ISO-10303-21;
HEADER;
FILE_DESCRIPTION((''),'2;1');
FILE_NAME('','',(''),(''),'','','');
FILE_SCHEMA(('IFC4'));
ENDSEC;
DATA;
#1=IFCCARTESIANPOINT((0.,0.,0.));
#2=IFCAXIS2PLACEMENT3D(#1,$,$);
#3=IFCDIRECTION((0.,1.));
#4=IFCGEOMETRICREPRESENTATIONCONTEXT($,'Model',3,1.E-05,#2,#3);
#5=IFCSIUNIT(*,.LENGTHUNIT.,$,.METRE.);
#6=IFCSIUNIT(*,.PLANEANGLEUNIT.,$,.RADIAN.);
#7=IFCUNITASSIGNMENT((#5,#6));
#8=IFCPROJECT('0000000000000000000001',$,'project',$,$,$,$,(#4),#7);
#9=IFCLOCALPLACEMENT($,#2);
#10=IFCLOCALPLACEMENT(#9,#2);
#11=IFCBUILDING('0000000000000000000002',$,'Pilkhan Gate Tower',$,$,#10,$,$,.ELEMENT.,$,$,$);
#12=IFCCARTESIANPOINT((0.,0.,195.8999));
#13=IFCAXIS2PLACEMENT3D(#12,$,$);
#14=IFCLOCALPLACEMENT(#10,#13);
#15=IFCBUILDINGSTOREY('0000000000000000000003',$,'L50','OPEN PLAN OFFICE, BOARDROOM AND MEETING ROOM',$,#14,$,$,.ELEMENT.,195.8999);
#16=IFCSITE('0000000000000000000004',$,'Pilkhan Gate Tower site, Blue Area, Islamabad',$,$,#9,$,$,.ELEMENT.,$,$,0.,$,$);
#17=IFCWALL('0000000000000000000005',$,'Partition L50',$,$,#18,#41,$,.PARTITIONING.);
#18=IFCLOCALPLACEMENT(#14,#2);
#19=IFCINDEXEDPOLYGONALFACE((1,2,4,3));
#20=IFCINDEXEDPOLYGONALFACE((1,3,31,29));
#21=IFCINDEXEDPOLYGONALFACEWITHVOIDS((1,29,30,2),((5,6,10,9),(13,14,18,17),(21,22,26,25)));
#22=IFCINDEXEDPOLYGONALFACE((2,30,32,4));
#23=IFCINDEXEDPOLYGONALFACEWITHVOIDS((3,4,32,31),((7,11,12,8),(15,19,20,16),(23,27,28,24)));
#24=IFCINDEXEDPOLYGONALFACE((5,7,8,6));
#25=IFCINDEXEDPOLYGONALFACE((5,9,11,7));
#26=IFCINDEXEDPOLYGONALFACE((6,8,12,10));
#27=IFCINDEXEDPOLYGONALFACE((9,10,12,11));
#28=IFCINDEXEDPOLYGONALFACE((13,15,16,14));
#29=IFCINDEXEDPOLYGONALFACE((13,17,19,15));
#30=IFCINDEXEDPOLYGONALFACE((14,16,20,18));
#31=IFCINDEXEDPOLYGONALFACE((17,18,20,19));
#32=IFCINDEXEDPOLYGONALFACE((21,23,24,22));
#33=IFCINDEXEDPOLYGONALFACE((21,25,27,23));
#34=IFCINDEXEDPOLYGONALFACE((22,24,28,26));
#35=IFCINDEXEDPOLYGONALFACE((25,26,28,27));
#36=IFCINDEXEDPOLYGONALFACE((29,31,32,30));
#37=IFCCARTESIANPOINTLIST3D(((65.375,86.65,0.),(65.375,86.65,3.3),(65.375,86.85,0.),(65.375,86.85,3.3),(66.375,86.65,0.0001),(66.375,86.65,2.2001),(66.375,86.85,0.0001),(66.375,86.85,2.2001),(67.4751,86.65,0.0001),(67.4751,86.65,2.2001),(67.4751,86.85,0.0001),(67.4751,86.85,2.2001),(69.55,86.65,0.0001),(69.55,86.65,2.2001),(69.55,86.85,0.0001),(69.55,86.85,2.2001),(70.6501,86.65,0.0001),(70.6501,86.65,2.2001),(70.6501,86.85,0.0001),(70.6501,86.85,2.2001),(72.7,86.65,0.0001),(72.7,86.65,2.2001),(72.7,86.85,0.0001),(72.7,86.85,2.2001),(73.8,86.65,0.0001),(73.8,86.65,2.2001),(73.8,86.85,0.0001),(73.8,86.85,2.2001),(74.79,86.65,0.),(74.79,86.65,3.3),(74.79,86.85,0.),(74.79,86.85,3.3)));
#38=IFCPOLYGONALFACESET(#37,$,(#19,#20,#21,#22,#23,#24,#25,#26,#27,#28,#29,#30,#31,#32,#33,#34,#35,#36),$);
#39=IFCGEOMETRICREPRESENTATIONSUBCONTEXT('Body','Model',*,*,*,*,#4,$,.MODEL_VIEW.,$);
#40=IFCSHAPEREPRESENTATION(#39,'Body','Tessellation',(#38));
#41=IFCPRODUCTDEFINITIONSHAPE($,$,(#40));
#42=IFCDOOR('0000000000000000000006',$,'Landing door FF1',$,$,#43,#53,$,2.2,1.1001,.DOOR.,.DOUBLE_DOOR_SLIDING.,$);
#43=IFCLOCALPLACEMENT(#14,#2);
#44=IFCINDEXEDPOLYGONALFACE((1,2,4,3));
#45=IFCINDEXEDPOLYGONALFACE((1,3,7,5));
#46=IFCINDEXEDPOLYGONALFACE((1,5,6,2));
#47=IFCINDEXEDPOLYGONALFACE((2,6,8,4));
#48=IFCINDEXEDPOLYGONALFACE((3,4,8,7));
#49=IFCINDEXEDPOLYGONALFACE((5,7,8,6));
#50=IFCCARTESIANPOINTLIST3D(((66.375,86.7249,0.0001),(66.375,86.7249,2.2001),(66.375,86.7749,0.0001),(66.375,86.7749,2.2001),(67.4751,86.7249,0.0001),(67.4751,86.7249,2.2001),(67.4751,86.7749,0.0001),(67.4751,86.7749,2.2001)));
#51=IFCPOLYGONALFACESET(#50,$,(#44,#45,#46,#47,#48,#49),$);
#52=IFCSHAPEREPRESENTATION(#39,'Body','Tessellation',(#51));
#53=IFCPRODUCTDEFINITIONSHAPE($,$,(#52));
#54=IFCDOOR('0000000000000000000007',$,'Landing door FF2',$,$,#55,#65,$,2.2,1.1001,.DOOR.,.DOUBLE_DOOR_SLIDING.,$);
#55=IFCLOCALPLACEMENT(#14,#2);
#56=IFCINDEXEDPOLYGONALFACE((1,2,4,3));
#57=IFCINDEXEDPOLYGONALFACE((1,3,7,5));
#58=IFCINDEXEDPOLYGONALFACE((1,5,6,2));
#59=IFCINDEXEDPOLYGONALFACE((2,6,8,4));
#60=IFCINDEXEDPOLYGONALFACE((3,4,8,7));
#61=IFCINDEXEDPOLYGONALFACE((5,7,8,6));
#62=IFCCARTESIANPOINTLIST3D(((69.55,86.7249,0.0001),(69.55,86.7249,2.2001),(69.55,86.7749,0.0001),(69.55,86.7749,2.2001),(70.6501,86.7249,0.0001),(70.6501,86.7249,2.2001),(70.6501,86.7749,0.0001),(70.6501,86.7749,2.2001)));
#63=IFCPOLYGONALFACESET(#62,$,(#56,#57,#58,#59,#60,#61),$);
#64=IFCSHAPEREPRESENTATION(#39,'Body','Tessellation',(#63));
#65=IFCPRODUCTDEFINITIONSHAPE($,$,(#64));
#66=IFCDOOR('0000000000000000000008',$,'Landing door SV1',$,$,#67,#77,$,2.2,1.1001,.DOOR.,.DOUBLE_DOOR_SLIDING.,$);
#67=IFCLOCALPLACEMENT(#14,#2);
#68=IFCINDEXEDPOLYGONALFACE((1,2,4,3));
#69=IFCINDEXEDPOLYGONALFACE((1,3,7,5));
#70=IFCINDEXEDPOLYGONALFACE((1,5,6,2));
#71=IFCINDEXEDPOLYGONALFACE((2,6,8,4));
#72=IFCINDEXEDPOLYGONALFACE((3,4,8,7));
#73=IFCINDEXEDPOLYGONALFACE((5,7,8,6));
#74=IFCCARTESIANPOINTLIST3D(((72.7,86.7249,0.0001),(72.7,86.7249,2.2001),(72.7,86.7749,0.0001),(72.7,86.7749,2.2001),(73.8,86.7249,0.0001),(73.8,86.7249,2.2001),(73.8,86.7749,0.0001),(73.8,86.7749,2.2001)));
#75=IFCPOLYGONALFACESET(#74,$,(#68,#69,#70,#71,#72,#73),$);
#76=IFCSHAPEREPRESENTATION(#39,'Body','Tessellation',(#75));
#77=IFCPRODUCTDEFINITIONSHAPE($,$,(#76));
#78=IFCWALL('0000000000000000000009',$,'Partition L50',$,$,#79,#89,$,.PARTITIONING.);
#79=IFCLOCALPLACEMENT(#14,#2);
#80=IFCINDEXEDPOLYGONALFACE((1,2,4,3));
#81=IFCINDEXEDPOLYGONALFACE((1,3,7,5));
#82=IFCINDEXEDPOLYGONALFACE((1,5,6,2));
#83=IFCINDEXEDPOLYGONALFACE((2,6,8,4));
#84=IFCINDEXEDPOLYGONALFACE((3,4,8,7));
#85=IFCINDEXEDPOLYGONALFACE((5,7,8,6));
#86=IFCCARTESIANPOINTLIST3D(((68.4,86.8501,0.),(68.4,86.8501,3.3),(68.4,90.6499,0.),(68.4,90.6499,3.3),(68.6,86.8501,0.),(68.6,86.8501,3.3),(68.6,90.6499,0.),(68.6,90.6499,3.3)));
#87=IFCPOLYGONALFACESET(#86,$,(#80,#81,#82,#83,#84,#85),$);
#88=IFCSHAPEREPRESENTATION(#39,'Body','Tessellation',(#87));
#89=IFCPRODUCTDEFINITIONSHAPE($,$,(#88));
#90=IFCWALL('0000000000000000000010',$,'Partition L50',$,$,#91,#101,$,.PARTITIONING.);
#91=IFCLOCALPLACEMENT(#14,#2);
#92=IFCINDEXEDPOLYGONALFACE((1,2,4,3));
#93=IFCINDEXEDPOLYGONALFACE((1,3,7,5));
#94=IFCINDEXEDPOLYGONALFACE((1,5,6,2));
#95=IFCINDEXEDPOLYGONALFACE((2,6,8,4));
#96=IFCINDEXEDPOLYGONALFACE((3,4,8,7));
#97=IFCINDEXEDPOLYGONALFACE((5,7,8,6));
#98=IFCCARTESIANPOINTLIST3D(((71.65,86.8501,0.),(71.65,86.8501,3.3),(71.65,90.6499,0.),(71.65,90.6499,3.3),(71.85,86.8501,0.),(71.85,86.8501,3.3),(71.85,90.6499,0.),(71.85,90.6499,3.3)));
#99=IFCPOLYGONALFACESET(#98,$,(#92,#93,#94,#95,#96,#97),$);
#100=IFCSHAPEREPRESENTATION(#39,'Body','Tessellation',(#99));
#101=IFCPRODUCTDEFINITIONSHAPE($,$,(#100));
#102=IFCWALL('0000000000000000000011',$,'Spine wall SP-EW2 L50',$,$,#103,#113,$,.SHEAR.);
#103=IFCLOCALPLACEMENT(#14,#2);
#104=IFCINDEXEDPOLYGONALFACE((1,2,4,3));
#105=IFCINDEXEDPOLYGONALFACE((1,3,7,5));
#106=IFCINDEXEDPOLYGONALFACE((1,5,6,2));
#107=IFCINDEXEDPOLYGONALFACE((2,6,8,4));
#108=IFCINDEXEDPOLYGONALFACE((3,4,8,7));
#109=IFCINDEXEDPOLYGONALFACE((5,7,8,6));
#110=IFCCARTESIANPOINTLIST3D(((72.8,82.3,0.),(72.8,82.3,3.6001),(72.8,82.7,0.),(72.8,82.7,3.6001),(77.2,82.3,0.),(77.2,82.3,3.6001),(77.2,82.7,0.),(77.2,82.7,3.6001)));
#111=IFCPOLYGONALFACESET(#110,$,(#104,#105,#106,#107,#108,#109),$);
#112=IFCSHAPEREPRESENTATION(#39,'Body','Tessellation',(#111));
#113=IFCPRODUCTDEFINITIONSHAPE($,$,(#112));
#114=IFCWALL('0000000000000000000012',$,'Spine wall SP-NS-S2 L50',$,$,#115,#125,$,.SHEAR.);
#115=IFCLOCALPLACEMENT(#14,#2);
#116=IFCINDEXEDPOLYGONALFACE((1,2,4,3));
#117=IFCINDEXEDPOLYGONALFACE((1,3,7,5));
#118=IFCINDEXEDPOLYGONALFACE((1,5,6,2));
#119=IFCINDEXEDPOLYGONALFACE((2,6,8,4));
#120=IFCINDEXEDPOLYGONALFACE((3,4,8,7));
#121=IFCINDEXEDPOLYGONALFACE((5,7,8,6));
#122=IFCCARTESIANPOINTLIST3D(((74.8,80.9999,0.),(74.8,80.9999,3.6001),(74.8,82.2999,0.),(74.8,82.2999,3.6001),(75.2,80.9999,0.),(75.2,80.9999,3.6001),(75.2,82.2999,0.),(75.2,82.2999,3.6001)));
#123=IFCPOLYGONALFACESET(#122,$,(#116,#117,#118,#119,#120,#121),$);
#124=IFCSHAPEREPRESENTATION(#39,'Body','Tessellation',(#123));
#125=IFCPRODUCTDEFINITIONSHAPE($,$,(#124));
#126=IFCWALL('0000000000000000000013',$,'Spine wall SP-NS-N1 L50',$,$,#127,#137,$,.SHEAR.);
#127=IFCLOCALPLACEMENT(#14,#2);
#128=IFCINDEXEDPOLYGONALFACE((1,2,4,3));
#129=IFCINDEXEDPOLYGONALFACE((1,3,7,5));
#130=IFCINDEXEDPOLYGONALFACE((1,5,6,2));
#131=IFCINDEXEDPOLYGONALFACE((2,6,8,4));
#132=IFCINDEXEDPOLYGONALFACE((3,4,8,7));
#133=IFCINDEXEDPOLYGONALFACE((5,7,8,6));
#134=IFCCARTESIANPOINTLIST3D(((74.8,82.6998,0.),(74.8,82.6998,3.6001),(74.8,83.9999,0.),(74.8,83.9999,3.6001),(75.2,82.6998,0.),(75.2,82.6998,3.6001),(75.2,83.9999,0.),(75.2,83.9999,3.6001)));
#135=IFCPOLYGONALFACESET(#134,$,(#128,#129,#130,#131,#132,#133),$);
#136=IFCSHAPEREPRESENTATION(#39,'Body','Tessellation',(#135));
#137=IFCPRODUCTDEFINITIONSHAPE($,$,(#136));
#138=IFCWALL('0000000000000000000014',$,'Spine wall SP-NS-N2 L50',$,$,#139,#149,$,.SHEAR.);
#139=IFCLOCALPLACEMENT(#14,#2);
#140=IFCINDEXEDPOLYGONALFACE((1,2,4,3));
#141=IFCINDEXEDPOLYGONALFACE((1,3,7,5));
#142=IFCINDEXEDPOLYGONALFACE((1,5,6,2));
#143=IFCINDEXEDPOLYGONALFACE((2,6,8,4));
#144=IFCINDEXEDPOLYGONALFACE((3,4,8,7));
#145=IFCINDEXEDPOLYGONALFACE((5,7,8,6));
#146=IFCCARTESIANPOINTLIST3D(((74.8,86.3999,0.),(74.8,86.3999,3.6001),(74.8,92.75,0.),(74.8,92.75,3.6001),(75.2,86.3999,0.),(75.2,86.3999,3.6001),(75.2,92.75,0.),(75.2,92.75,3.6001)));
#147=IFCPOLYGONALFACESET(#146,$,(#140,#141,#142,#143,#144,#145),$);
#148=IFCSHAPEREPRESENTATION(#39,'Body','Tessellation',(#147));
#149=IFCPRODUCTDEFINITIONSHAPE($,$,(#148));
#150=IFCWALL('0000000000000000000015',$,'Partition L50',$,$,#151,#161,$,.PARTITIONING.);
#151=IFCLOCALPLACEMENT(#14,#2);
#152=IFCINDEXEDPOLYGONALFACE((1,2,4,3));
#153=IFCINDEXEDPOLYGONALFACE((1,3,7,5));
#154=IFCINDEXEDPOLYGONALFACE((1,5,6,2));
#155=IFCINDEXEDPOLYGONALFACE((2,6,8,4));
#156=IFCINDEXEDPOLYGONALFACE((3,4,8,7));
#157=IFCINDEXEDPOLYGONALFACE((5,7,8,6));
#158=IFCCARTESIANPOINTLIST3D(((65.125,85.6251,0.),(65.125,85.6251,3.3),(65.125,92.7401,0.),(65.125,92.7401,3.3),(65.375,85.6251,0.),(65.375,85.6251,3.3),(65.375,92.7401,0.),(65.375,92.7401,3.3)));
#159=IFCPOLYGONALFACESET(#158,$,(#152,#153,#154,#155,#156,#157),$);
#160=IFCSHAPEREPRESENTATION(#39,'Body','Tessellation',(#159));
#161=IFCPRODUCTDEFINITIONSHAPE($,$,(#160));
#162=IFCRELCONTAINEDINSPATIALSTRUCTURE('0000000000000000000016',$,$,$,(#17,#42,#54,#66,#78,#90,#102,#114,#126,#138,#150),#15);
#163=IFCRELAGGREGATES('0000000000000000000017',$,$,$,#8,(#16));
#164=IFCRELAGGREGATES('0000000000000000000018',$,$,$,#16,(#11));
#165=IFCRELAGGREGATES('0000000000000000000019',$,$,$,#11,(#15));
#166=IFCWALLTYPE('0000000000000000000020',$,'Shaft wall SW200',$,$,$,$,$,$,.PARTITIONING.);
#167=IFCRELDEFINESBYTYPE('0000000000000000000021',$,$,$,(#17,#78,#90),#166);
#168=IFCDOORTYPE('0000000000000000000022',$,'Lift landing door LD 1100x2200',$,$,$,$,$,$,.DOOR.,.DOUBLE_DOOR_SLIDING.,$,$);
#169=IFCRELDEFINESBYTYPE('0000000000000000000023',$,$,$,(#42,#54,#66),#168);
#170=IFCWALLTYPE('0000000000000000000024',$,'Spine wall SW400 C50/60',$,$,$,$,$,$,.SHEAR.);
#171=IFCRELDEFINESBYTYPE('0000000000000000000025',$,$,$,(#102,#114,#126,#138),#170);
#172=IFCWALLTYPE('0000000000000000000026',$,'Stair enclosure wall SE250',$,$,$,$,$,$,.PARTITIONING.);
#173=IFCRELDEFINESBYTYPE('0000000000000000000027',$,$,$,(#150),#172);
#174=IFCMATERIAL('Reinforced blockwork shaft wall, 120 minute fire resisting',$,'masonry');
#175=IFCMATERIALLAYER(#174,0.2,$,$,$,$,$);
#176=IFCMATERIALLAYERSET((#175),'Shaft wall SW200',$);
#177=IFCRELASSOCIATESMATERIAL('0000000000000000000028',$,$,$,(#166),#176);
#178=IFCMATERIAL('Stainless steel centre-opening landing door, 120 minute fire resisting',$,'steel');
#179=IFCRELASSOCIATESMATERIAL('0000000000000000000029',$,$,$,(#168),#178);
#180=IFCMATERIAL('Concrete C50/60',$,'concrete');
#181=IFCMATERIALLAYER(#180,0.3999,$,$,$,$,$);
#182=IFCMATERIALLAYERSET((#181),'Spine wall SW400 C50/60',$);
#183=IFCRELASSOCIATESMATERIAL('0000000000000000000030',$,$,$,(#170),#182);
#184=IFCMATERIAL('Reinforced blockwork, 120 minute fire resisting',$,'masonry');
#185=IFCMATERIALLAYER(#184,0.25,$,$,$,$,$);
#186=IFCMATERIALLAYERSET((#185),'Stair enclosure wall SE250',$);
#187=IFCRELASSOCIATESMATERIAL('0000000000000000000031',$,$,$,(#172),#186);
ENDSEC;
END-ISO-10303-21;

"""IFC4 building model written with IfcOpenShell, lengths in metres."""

from ifc_helpers import new_model, si_unit, direction, frame, frame_2d, origin, place, context, subcontext, project, spatial, rectangle, extrude, material, layer, layer_set, type_object, element, fill, save


model = new_model("IFC4")

# Units and contexts
model_context = context("Model", 3, precision=1e-05, world=origin(), true_north=direction((0.0, 1.0)))
body_context = subcontext(model_context, "Body", "Model", "MODEL_VIEW")
ifc_project = project(units=[si_unit("LENGTHUNIT", "METRE"), si_unit("PLANEANGLEUNIT", "RADIAN")], contexts=[model_context])

# Site, building, storey
site_placement = place(None, origin())
site = spatial("IfcSite", under=ifc_project, at=site_placement, Name="Pilkhan Gate Tower site, Blue Area, Islamabad", CompositionType="ELEMENT", RefElevation=0.0)
building_placement = place(site_placement, origin())
building = spatial("IfcBuilding", under=site, at=building_placement, Name="Pilkhan Gate Tower", CompositionType="ELEMENT")
storey_placement = place(building_placement, frame((0.0, 0.0, 195.8999)))
storey = spatial("IfcBuildingStorey", under=building, at=storey_placement, Name="L50", Description="OPEN PLAN OFFICE, BOARDROOM AND MEETING ROOM", CompositionType="ELEMENT", Elevation=195.8999)

# Shared definitions
ifc_material_1 = material(Name="Concrete C50/60", Category="concrete")

# Wall, openings, doors
ifc_material_2 = material(Name="Reinforced blockwork shaft wall, 120 minute fire resisting", Category="masonry")
ifc_layer_1 = layer(ifc_material_2, 0.2)
ifc_layer_set_1 = layer_set([ifc_layer_1], Name="Shaft wall SW200")
wall_type_1 = type_object("IfcWallType", Name="Shaft wall SW200", PredefinedType="PARTITIONING", material=ifc_layer_set_1)
wall_1_placement = place(storey_placement, frame((65.375, 86.75, 0.0), z_axis=(0.0, 0.0, 1.0), x_axis=(1.0, 0.0, 0.0)))
wall_1 = element("IfcWall", 1, at=wall_1_placement, inside=storey, type_object=wall_type_1, Name="Partition L50", PredefinedType="PARTITIONING", context=body_context, shape_type="SweptSolid", body=[
    extrude(rectangle(XDim=9.415, YDim=0.2, at=frame_2d((4.7075, 0.0))), origin(), (0.0, 0.0, 1.0), 3.3),
])
opening_1_placement = place(wall_1_placement, frame((1.0, 0.0, 0.0)))
opening_1 = element("IfcOpeningElement", 2, at=opening_1_placement, cuts=wall_1, PredefinedType="OPENING", context=body_context, shape_type="SweptSolid", body=[
    extrude(rectangle(XDim=1.1001, YDim=2.2, at=frame_2d((0.55, 1.1001))), frame((0.0, 0.1099, 0.0), z_axis=(0.0, -1.0, 0.0), x_axis=(1.0, 0.0, 0.0)), (0.0, 0.0, 1.0), 0.22),
])
opening_2_placement = place(wall_1_placement, frame((4.175, 0.0, 0.0)))
opening_2 = element("IfcOpeningElement", 3, at=opening_2_placement, cuts=wall_1, PredefinedType="OPENING", context=body_context, shape_type="SweptSolid", body=[
    extrude(rectangle(XDim=1.1001, YDim=2.2, at=frame_2d((0.55, 1.1001))), frame((0.0, 0.1099, 0.0), z_axis=(0.0, -1.0, 0.0), x_axis=(1.0, 0.0, 0.0)), (0.0, 0.0, 1.0), 0.22),
])
opening_3_placement = place(wall_1_placement, frame((7.325, 0.0, 0.0)))
opening_3 = element("IfcOpeningElement", 4, at=opening_3_placement, cuts=wall_1, PredefinedType="OPENING", context=body_context, shape_type="SweptSolid", body=[
    extrude(rectangle(XDim=1.1001, YDim=2.2, at=frame_2d((0.55, 1.1001))), frame((0.0, 0.1099, 0.0), z_axis=(0.0, -1.0, 0.0), x_axis=(1.0, 0.0, 0.0)), (0.0, 0.0, 1.0), 0.22),
])
ifc_material_3 = material(Name="Stainless steel centre-opening landing door, 120 minute fire resisting", Category="steel")
door_type_1 = type_object("IfcDoorType", Name="Lift landing door LD 1100x2200", OperationType="DOUBLE_DOOR_SLIDING", PredefinedType="DOOR", material=ifc_material_3)
door_1_placement = place(opening_1_placement, origin())
door_1 = element("IfcDoor", 5, at=door_1_placement, inside=storey, type_object=door_type_1, Name="Landing door FF1", OperationType="DOUBLE_DOOR_SLIDING", OverallHeight=2.2, OverallWidth=1.1001, PredefinedType="DOOR", context=body_context, shape_type="SweptSolid", body=[
    extrude(rectangle(XDim=1.1001, YDim=2.2, at=frame_2d((0.55, 1.1001))), frame((0.0, 0.0249, 0.0), z_axis=(0.0, -1.0, 0.0), x_axis=(1.0, 0.0, 0.0)), (0.0, 0.0, 1.0), 0.05),
])
fill(opening_1, door_1)
door_2_placement = place(opening_2_placement, origin())
door_2 = element("IfcDoor", 6, at=door_2_placement, inside=storey, type_object=door_type_1, Name="Landing door FF2", OperationType="DOUBLE_DOOR_SLIDING", OverallHeight=2.2, OverallWidth=1.1001, PredefinedType="DOOR", context=body_context, shape_type="SweptSolid", body=[
    extrude(rectangle(XDim=1.1001, YDim=2.2, at=frame_2d((0.55, 1.1001))), frame((0.0, 0.0249, 0.0), z_axis=(0.0, -1.0, 0.0), x_axis=(1.0, 0.0, 0.0)), (0.0, 0.0, 1.0), 0.05),
])
fill(opening_2, door_2)
door_3_placement = place(opening_3_placement, origin())
door_3 = element("IfcDoor", 7, at=door_3_placement, inside=storey, type_object=door_type_1, Name="Landing door SV1", OperationType="DOUBLE_DOOR_SLIDING", OverallHeight=2.2, OverallWidth=1.1001, PredefinedType="DOOR", context=body_context, shape_type="SweptSolid", body=[
    extrude(rectangle(XDim=1.1001, YDim=2.2, at=frame_2d((0.55, 1.1001))), frame((0.0, 0.0249, 0.0), z_axis=(0.0, -1.0, 0.0), x_axis=(1.0, 0.0, 0.0)), (0.0, 0.0, 1.0), 0.05),
])
fill(opening_3, door_3)

# Walls
for number, where, z_axis, x_axis, name in (
    (8, (68.5, 86.8501, 0.0), (0.0, 0.0, 1.0), (0.0, 1.0, 0.0), "Partition L50"),
    (9, (71.75, 86.8501, 0.0), (0.0, 0.0, 1.0), (0.0, 1.0, 0.0), "Partition L50"),
):
    element("IfcWall", number, at=place(storey_placement, frame(where, z_axis=z_axis, x_axis=x_axis)), inside=storey, type_object=wall_type_1, Name=name, PredefinedType="PARTITIONING", context=body_context, shape_type="SweptSolid", body=[
        extrude(rectangle(XDim=3.7998, YDim=0.2, at=frame_2d((1.8999, 0.0))), origin(), (0.0, 0.0, 1.0), 3.3),
    ])
ifc_layer_2 = layer(ifc_material_1, 0.3999)
ifc_layer_set_2 = layer_set([ifc_layer_2], Name="Spine wall SW400 C50/60")
wall_type_2 = type_object("IfcWallType", Name="Spine wall SW400 C50/60", PredefinedType="SHEAR", material=ifc_layer_set_2)
wall_2_placement = place(storey_placement, frame((72.8, 82.5, 0.0), z_axis=(0.0, 0.0, 1.0), x_axis=(1.0, 0.0, 0.0)))
element("IfcWall", 10, at=wall_2_placement, inside=storey, type_object=wall_type_2, Name="Spine wall SP-EW2 L50", PredefinedType="SHEAR", context=body_context, shape_type="SweptSolid", body=[
    extrude(rectangle(XDim=4.3999, YDim=0.3999, at=frame_2d((2.2, 0.0))), origin(), (0.0, 0.0, 1.0), 3.6001),
])
for number, where, z_axis, x_axis, name in (
    (11, (75.0, 81.0, 0.0), (0.0, 0.0, 1.0), (0.0, 1.0, 0.0), "Spine wall SP-NS-S2 L50"),
    (12, (75.0, 82.7, 0.0), (0.0, 0.0, 1.0), (0.0, 1.0, 0.0), "Spine wall SP-NS-N1 L50"),
):
    element("IfcWall", number, at=place(storey_placement, frame(where, z_axis=z_axis, x_axis=x_axis)), inside=storey, type_object=wall_type_2, Name=name, PredefinedType="SHEAR", context=body_context, shape_type="SweptSolid", body=[
        extrude(rectangle(XDim=1.3, YDim=0.3999, at=frame_2d((0.6499, 0.0))), origin(), (0.0, 0.0, 1.0), 3.6001),
    ])
wall_3_placement = place(storey_placement, frame((75.0, 86.3999, 0.0), z_axis=(0.0, 0.0, 1.0), x_axis=(0.0, 1.0, 0.0)))
element("IfcWall", 13, at=wall_3_placement, inside=storey, type_object=wall_type_2, Name="Spine wall SP-NS-N2 L50", PredefinedType="SHEAR", context=body_context, shape_type="SweptSolid", body=[
    extrude(rectangle(XDim=6.3501, YDim=0.3999, at=frame_2d((3.175, 0.0))), origin(), (0.0, 0.0, 1.0), 3.6001),
])
ifc_material_4 = material(Name="Reinforced blockwork, 120 minute fire resisting", Category="masonry")
ifc_layer_3 = layer(ifc_material_4, 0.25)
ifc_layer_set_3 = layer_set([ifc_layer_3], Name="Stair enclosure wall SE250")
wall_type_3 = type_object("IfcWallType", Name="Stair enclosure wall SE250", PredefinedType="PARTITIONING", material=ifc_layer_set_3)
wall_4_placement = place(storey_placement, frame((65.25, 85.625, 0.0), z_axis=(0.0, 0.0, 1.0), x_axis=(0.0, 1.0, 0.0)))
element("IfcWall", 14, at=wall_4_placement, inside=storey, type_object=wall_type_3, Name="Partition L50", PredefinedType="PARTITIONING", context=body_context, shape_type="SweptSolid", body=[
    extrude(rectangle(XDim=7.115, YDim=0.25, at=frame_2d((3.5576, 0.0))), origin(), (0.0, 0.0, 1.0), 3.3),
])

save(model, "model.ifc")
